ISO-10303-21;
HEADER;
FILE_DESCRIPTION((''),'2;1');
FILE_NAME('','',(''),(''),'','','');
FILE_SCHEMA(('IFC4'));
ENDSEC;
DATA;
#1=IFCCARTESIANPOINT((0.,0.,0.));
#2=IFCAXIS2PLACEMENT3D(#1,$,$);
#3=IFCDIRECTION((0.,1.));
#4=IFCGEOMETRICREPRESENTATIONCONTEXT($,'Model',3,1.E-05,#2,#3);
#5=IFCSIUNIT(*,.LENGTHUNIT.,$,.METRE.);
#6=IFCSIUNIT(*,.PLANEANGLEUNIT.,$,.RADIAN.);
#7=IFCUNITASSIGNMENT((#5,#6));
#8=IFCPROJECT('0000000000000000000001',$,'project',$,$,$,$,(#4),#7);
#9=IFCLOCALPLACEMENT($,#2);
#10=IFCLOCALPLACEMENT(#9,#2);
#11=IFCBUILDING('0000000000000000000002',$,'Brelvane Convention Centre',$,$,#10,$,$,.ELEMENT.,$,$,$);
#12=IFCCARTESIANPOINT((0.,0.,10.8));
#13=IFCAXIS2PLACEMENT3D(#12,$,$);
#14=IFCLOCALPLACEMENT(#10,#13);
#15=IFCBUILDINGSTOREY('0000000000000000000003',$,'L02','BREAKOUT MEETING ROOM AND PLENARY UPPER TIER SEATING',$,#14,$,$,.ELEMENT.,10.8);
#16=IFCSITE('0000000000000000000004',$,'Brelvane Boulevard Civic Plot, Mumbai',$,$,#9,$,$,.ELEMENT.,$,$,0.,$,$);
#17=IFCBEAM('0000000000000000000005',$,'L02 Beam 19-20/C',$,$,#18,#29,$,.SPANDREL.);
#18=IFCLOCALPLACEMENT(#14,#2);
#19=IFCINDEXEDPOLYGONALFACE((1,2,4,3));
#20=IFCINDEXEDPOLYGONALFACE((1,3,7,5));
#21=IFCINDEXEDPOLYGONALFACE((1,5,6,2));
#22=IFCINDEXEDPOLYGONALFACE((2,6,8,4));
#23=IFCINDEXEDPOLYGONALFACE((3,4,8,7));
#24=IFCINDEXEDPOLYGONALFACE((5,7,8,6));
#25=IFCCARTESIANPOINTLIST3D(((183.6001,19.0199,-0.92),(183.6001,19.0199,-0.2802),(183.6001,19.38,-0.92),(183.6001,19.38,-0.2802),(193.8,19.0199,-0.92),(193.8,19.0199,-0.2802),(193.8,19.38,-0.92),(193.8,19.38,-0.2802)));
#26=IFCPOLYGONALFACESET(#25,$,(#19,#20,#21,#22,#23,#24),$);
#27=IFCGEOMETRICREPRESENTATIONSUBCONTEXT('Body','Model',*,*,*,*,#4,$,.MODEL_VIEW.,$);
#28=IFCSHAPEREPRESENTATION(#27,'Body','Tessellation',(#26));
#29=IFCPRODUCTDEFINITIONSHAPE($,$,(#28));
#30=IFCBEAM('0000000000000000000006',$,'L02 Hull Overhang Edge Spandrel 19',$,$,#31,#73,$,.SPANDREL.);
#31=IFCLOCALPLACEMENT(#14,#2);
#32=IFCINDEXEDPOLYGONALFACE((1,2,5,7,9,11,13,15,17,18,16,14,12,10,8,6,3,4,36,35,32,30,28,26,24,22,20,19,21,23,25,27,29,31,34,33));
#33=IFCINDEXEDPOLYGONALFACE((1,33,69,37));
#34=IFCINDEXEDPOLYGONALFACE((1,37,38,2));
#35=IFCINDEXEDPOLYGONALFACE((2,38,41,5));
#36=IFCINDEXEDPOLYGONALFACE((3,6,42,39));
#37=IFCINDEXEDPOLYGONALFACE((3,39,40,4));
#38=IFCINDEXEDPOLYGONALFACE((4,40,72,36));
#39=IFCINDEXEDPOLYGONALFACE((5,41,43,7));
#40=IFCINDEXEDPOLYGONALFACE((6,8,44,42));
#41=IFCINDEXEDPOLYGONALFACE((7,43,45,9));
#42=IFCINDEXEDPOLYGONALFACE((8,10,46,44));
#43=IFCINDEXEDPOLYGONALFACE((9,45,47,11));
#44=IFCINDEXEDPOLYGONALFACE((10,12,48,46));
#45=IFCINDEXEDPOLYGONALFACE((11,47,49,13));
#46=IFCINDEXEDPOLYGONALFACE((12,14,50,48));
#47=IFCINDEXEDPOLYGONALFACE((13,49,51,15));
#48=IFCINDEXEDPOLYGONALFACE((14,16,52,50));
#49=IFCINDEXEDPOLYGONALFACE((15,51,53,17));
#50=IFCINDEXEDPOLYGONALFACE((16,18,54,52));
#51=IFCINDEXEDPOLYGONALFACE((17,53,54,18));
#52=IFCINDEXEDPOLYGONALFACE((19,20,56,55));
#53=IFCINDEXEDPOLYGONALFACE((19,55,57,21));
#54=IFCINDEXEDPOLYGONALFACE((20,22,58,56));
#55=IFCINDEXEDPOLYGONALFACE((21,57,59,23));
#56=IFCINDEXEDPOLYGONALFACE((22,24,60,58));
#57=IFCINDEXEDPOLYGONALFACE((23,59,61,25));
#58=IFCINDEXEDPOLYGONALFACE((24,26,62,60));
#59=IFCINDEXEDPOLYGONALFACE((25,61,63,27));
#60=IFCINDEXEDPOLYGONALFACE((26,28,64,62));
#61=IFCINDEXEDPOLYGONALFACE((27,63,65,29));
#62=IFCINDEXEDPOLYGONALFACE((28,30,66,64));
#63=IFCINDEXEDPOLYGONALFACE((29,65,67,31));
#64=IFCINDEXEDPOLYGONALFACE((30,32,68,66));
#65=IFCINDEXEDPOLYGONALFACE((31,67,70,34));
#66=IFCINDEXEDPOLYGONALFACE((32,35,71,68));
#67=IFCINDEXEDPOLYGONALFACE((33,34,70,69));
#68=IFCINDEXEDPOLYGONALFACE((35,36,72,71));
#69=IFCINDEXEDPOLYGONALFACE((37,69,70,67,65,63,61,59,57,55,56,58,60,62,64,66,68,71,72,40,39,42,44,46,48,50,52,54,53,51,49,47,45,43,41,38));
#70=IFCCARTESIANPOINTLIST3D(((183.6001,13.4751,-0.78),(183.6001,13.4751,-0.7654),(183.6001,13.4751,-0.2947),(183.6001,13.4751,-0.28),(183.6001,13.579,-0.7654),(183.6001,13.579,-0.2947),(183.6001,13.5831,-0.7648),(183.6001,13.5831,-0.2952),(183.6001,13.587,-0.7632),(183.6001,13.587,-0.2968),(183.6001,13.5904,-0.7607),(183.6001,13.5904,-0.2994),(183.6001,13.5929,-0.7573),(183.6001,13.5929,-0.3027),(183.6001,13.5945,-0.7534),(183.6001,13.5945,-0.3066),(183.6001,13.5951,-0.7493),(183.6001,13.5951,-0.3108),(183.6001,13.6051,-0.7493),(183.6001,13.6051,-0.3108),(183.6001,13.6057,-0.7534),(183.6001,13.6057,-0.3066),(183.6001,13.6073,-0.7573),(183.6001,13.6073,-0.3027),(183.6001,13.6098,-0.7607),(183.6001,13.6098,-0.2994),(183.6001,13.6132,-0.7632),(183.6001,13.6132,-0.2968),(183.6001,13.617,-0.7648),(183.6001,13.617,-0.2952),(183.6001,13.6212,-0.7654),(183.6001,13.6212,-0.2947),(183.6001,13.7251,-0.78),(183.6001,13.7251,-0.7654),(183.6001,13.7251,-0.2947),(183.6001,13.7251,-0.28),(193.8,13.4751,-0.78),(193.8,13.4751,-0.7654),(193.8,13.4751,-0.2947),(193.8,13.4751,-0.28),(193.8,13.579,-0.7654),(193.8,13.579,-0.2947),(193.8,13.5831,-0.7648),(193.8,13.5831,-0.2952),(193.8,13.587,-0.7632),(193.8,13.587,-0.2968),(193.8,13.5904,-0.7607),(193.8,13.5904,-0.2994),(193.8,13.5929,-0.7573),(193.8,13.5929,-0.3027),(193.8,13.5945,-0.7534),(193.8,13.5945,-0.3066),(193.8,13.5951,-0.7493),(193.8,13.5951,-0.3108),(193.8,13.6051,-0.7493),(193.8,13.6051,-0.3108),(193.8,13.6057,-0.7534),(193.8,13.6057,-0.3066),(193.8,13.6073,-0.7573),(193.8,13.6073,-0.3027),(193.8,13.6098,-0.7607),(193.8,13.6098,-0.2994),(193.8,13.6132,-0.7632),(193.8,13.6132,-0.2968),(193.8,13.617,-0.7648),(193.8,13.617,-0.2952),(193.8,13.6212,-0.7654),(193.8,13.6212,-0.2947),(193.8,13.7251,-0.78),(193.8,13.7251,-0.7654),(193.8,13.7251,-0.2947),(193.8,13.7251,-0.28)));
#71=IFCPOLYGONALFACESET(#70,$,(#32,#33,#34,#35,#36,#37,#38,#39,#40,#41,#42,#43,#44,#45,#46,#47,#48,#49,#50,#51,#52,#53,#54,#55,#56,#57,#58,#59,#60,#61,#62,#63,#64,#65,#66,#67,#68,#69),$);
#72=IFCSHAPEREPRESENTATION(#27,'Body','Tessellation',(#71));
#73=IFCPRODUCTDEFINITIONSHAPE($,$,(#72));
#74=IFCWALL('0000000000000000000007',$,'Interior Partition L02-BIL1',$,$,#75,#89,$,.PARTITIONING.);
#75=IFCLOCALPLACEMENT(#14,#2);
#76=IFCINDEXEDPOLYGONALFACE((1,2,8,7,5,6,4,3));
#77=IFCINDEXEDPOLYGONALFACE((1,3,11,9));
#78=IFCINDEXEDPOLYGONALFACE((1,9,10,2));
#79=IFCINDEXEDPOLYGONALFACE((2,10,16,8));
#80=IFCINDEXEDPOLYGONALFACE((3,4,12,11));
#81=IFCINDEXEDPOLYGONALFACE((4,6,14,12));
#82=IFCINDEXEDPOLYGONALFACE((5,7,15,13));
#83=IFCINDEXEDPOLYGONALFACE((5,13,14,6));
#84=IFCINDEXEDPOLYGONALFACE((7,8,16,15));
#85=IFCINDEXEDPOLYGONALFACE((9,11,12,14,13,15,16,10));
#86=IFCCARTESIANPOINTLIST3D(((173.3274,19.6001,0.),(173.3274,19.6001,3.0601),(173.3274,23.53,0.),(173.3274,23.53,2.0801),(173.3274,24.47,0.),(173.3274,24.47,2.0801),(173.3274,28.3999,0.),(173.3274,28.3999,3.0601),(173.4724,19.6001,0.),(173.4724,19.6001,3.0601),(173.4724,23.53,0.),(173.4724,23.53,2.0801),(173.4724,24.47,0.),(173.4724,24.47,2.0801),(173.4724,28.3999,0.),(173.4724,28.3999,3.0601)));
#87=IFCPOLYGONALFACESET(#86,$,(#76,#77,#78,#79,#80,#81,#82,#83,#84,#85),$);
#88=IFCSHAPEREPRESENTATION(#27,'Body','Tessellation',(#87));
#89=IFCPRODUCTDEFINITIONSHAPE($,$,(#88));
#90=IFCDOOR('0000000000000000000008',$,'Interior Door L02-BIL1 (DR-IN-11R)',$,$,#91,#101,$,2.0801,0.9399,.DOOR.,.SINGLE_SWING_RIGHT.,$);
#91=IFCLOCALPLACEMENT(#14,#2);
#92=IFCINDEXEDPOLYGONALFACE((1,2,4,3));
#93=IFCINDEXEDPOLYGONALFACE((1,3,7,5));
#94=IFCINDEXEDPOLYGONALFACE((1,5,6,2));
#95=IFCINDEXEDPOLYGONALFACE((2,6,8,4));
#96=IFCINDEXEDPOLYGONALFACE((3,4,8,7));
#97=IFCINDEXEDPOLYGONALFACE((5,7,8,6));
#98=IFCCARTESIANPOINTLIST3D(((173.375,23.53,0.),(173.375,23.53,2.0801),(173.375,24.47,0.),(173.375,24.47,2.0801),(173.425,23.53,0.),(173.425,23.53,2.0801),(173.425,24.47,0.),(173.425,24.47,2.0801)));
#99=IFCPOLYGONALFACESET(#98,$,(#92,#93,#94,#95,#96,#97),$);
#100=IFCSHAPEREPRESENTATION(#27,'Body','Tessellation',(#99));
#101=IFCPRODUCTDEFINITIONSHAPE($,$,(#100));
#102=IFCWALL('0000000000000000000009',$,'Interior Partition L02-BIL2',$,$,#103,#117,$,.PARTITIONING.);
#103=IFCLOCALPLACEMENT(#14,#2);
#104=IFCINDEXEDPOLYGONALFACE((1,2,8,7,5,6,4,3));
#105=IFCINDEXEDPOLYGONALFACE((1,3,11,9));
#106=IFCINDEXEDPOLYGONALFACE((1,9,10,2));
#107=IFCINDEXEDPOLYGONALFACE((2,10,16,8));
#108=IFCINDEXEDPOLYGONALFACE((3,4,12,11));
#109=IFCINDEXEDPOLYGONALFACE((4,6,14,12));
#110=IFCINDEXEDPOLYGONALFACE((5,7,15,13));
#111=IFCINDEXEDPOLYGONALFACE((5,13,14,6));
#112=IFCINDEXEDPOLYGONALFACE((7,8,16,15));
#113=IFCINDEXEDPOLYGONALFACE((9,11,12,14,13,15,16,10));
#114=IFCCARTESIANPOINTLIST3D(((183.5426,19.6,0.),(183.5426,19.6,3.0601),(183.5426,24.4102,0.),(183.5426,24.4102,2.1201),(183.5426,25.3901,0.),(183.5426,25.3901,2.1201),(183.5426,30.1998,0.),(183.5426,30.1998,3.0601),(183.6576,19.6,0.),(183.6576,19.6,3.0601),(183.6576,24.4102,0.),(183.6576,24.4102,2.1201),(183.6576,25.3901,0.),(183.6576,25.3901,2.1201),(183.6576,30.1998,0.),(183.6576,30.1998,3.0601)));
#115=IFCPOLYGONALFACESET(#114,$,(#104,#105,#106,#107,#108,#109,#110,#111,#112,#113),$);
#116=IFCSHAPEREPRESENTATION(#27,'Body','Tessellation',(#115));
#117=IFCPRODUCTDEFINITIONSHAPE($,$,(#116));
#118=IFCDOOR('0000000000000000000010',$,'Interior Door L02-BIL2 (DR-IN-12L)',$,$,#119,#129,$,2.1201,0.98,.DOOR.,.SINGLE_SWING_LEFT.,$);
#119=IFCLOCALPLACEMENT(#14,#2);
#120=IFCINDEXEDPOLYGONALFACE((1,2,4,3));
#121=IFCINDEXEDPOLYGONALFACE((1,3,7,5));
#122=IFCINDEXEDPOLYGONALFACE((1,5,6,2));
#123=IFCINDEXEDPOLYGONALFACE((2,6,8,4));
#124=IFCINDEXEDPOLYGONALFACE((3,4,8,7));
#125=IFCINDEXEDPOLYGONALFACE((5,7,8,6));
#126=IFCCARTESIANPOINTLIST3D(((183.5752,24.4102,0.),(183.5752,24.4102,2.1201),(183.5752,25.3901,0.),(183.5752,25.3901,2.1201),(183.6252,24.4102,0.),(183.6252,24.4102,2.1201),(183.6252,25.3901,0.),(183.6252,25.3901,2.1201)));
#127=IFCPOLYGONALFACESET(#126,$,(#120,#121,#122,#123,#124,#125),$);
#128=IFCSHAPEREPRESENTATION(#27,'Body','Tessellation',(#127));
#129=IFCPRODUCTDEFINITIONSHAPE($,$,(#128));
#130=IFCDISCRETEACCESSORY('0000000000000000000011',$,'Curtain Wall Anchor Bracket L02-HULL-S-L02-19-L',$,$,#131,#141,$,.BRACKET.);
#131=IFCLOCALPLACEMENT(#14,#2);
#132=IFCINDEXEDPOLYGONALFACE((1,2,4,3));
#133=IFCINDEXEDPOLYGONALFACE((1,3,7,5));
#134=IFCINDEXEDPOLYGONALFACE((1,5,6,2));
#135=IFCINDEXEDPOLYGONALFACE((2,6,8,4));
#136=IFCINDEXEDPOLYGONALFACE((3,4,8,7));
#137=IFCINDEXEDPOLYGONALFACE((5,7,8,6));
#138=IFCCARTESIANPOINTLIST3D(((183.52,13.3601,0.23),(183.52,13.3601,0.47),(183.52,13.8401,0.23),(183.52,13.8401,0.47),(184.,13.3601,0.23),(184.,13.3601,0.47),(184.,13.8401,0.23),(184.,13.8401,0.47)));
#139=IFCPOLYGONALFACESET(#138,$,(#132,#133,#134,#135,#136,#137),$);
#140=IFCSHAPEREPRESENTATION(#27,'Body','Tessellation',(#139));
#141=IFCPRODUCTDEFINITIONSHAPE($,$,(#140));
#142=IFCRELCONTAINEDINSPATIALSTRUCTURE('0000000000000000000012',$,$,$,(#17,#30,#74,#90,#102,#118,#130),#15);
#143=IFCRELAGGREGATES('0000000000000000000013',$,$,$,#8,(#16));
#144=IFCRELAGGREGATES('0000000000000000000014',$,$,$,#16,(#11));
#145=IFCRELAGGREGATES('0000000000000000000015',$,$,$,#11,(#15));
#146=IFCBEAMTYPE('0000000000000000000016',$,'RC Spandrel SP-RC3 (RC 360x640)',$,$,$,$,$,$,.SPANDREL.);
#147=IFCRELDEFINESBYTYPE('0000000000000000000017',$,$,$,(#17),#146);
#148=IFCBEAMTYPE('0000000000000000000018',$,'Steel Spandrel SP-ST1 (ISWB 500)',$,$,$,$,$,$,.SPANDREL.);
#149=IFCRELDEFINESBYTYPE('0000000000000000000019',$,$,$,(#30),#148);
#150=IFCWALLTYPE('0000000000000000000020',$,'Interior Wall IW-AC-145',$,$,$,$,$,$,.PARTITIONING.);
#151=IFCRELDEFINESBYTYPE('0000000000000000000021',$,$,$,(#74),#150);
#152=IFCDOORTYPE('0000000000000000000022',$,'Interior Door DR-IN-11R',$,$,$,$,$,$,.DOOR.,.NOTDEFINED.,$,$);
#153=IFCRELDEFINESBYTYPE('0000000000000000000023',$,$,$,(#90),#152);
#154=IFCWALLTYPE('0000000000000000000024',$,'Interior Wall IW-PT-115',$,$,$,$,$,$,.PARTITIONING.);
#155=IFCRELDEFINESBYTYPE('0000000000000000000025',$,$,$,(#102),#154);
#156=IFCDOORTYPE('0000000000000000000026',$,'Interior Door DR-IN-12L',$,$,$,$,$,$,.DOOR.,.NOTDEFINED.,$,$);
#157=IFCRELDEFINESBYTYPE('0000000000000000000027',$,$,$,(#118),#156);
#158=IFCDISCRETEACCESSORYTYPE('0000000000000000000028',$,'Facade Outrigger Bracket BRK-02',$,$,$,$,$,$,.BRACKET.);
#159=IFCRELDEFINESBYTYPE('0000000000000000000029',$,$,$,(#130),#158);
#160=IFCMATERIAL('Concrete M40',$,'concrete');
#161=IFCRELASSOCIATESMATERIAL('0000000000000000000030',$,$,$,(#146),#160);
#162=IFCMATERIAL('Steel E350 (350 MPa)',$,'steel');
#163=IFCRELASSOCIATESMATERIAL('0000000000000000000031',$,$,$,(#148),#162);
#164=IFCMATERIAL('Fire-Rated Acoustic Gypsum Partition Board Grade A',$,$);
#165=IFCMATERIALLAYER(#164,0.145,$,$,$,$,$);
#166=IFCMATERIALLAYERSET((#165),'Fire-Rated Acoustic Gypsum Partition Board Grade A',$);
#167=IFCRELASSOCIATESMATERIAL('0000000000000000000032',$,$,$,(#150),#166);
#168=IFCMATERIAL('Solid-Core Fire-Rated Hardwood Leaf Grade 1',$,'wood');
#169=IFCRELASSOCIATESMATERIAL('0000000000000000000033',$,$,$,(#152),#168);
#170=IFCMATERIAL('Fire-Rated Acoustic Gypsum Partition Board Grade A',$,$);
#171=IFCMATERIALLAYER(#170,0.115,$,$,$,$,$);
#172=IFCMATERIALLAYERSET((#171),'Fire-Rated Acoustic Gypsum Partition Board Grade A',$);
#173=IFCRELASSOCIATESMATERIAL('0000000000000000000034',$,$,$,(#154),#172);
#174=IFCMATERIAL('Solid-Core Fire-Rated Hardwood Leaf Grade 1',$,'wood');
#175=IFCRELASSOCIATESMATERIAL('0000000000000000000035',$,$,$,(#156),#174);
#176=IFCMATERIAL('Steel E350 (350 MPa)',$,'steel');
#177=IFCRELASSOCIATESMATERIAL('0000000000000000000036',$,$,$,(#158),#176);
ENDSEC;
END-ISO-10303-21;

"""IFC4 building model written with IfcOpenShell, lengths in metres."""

from ifc_helpers import new_model, si_unit, direction, frame, frame_2d, origin, origin_2d, place, context, subcontext, project, spatial, rectangle, i_section, extrude, material, layer, layer_set, material_profile, profile_set, type_object, element, fill, save


model = new_model("IFC4")

# Units and contexts
model_context = context("Model", 3, precision=1e-05, world=origin(), true_north=direction((0.0, 1.0)))
body_context = subcontext(model_context, "Body", "Model", "MODEL_VIEW")
ifc_project = project(units=[si_unit("LENGTHUNIT", "METRE"), si_unit("PLANEANGLEUNIT", "RADIAN")], contexts=[model_context])

# Site, building, storey
site_placement = place(None, origin())
site = spatial("IfcSite", under=ifc_project, at=site_placement, Name="Brelvane Boulevard Civic Plot, Mumbai", CompositionType="ELEMENT", RefElevation=0.0)
building_placement = place(site_placement, origin())
building = spatial("IfcBuilding", under=site, at=building_placement, Name="Brelvane Convention Centre", CompositionType="ELEMENT")
storey_placement = place(building_placement, frame((0.0, 0.0, 10.8)))
storey = spatial("IfcBuildingStorey", under=building, at=storey_placement, Name="L02", Description="BREAKOUT MEETING ROOM AND PLENARY UPPER TIER SEATING", CompositionType="ELEMENT", Elevation=10.8)

# Beams
ifc_material_1 = material(Name="Concrete M40", Category="concrete")
ifc_material_profile_1 = material_profile(ifc_material_1, rectangle(XDim=0.3601, YDim=0.6399, at=origin_2d()), Name="RC 360x640")
ifc_profile_set_1 = profile_set([ifc_material_profile_1], Name="Concrete M40")
beam_type_1 = type_object("IfcBeamType", Name="RC Spandrel SP-RC3 (RC 360x640)", PredefinedType="SPANDREL", material=ifc_profile_set_1)
beam_1_placement = place(storey_placement, frame((183.6001, 19.2, -0.6001), z_axis=(1.0, 0.0, 0.0), x_axis=(0.0, 1.0, 0.0)))
element("IfcBeam", 1, at=beam_1_placement, inside=storey, type_object=beam_type_1, Name="L02 Beam 19-20/C", PredefinedType="SPANDREL", context=body_context, shape_type="SweptSolid", body=[
    extrude(rectangle(XDim=0.3601, YDim=0.6399, at=origin_2d()), origin(), (0.0, 0.0, 1.0), 10.2),
])
ifc_material_2 = material(Name="Steel E350 (350 MPa)", Category="steel")
ifc_material_profile_2 = material_profile(ifc_material_2, i_section(OverallWidth=0.25, OverallDepth=0.5, WebThickness=0.01, FlangeThickness=0.0146, FilletRadius=0.0161, at=origin_2d()), Name="ISWB 500")
ifc_profile_set_2 = profile_set([ifc_material_profile_2], Name="Steel E350 (350 MPa)")
beam_type_2 = type_object("IfcBeamType", Name="Steel Spandrel SP-ST1 (ISWB 500)", PredefinedType="SPANDREL", material=ifc_profile_set_2)
beam_2_placement = place(storey_placement, frame((183.6001, 13.6001, -0.53), z_axis=(1.0, 0.0, 0.0), x_axis=(0.0, 1.0, 0.0)))
element("IfcBeam", 2, at=beam_2_placement, inside=storey, type_object=beam_type_2, Name="L02 Hull Overhang Edge Spandrel 19", PredefinedType="SPANDREL", context=body_context, shape_type="SweptSolid", body=[
    extrude(i_section(OverallWidth=0.25, OverallDepth=0.5, WebThickness=0.01, FlangeThickness=0.0146, FilletRadius=0.0161, at=origin_2d()), origin(), (0.0, 0.0, 1.0), 10.2),
])

# Walls, openings, doors
ifc_material_3 = material(Name="Fire-Rated Acoustic Gypsum Partition Board Grade A")
ifc_layer_1 = layer(ifc_material_3, 0.145)
ifc_layer_set_1 = layer_set([ifc_layer_1], Name="Fire-Rated Acoustic Gypsum Partition Board Grade A")
wall_type_1 = type_object("IfcWallType", Name="Interior Wall IW-AC-145", PredefinedType="PARTITIONING", material=ifc_layer_set_1)
wall_1_placement = place(storey_placement, frame((173.3999, 19.6001, 0.0), z_axis=(0.0, 0.0, 1.0), x_axis=(0.0, 1.0, 0.0)))
wall_1 = element("IfcWall", 3, at=wall_1_placement, inside=storey, type_object=wall_type_1, Name="Interior Partition L02-BIL1", PredefinedType="PARTITIONING", context=body_context, shape_type="SweptSolid", body=[
    extrude(rectangle(XDim=8.7998, YDim=0.145, at=frame_2d((4.3999, 0.0))), origin(), (0.0, 0.0, 1.0), 3.0601),
])
opening_1_placement = place(wall_1_placement, frame((3.9299, 0.0, 0.0)))
opening_1 = element("IfcOpeningElement", 4, at=opening_1_placement, cuts=wall_1, PredefinedType="OPENING", context=body_context, shape_type="SweptSolid", body=[
    extrude(rectangle(XDim=0.9399, YDim=2.0801, at=frame_2d((0.47, 1.04))), frame((0.0, 0.0825, 0.0), z_axis=(0.0, -1.0, 0.0), x_axis=(1.0, 0.0, 0.0)), (0.0, 0.0, 1.0), 0.165),
])
ifc_material_4 = material(Name="Solid-Core Fire-Rated Hardwood Leaf Grade 1", Category="wood")
door_type_1 = type_object("IfcDoorType", Name="Interior Door DR-IN-11R", OperationType="NOTDEFINED", PredefinedType="DOOR", material=ifc_material_4)
door_1_placement = place(opening_1_placement, origin())
door_1 = element("IfcDoor", 5, at=door_1_placement, inside=storey, type_object=door_type_1, Name="Interior Door L02-BIL1 (DR-IN-11R)", OperationType="SINGLE_SWING_RIGHT", OverallHeight=2.0801, OverallWidth=0.9399, PredefinedType="DOOR", context=body_context, shape_type="SweptSolid", body=[
    extrude(rectangle(XDim=0.9399, YDim=2.0801, at=frame_2d((0.47, 1.04))), frame((0.0, 0.0249, 0.0), z_axis=(0.0, -1.0, 0.0), x_axis=(1.0, 0.0, 0.0)), (0.0, 0.0, 1.0), 0.05),
])
fill(opening_1, door_1)
ifc_material_5 = material(Name="Fire-Rated Acoustic Gypsum Partition Board Grade A")
ifc_layer_2 = layer(ifc_material_5, 0.115)
ifc_layer_set_2 = layer_set([ifc_layer_2], Name="Fire-Rated Acoustic Gypsum Partition Board Grade A")
wall_type_2 = type_object("IfcWallType", Name="Interior Wall IW-PT-115", PredefinedType="PARTITIONING", material=ifc_layer_set_2)
wall_2_placement = place(storey_placement, frame((183.6001, 19.6001, 0.0), z_axis=(0.0, 0.0, 1.0), x_axis=(0.0, 1.0, 0.0)))
wall_2 = element("IfcWall", 6, at=wall_2_placement, inside=storey, type_object=wall_type_2, Name="Interior Partition L02-BIL2", PredefinedType="PARTITIONING", context=body_context, shape_type="SweptSolid", body=[
    extrude(rectangle(XDim=10.5999, YDim=0.115, at=frame_2d((5.2998, 0.0))), origin(), (0.0, 0.0, 1.0), 3.0601),
])
opening_2_placement = place(wall_2_placement, frame((4.8101, 0.0, 0.0)))
opening_2 = element("IfcOpeningElement", 7, at=opening_2_placement, cuts=wall_2, PredefinedType="OPENING", context=body_context, shape_type="SweptSolid", body=[
    extrude(rectangle(XDim=0.98, YDim=2.1201, at=frame_2d((0.49, 1.0601))), frame((0.0, 0.0674, 0.0), z_axis=(0.0, -1.0, 0.0), x_axis=(1.0, 0.0, 0.0)), (0.0, 0.0, 1.0), 0.135),
])
ifc_material_6 = material(Name="Solid-Core Fire-Rated Hardwood Leaf Grade 1", Category="wood")
door_type_2 = type_object("IfcDoorType", Name="Interior Door DR-IN-12L", OperationType="NOTDEFINED", PredefinedType="DOOR", material=ifc_material_6)
door_2_placement = place(opening_2_placement, origin())
door_2 = element("IfcDoor", 8, at=door_2_placement, inside=storey, type_object=door_type_2, Name="Interior Door L02-BIL2 (DR-IN-12L)", OperationType="SINGLE_SWING_LEFT", OverallHeight=2.1201, OverallWidth=0.98, PredefinedType="DOOR", context=body_context, shape_type="SweptSolid", body=[
    extrude(rectangle(XDim=0.98, YDim=2.1201, at=frame_2d((0.49, 1.0601))), frame((0.0, 0.0249, 0.0), z_axis=(0.0, -1.0, 0.0), x_axis=(1.0, 0.0, 0.0)), (0.0, 0.0, 1.0), 0.05),
])
fill(opening_2, door_2)

# Discrete accessory
ifc_material_7 = material(Name="Steel E350 (350 MPa)", Category="steel")
discrete_accessory_type = type_object("IfcDiscreteAccessoryType", Name="Facade Outrigger Bracket BRK-02", PredefinedType="BRACKET", material=ifc_material_7)
discrete_accessory_placement = place(storey_placement, frame((183.76, 13.6001, 0.23), z_axis=(0.0, 0.0, 1.0), x_axis=(1.0, 0.0, 0.0)))
element("IfcDiscreteAccessory", 9, at=discrete_accessory_placement, inside=storey, type_object=discrete_accessory_type, Name="Curtain Wall Anchor Bracket L02-HULL-S-L02-19-L", PredefinedType="BRACKET", context=body_context, shape_type="SweptSolid", body=[
    extrude(rectangle(XDim=0.48, YDim=0.48, at=origin_2d()), origin(), (0.0, 0.0, 1.0), 0.24),
])

save(model, "model.ifc")
